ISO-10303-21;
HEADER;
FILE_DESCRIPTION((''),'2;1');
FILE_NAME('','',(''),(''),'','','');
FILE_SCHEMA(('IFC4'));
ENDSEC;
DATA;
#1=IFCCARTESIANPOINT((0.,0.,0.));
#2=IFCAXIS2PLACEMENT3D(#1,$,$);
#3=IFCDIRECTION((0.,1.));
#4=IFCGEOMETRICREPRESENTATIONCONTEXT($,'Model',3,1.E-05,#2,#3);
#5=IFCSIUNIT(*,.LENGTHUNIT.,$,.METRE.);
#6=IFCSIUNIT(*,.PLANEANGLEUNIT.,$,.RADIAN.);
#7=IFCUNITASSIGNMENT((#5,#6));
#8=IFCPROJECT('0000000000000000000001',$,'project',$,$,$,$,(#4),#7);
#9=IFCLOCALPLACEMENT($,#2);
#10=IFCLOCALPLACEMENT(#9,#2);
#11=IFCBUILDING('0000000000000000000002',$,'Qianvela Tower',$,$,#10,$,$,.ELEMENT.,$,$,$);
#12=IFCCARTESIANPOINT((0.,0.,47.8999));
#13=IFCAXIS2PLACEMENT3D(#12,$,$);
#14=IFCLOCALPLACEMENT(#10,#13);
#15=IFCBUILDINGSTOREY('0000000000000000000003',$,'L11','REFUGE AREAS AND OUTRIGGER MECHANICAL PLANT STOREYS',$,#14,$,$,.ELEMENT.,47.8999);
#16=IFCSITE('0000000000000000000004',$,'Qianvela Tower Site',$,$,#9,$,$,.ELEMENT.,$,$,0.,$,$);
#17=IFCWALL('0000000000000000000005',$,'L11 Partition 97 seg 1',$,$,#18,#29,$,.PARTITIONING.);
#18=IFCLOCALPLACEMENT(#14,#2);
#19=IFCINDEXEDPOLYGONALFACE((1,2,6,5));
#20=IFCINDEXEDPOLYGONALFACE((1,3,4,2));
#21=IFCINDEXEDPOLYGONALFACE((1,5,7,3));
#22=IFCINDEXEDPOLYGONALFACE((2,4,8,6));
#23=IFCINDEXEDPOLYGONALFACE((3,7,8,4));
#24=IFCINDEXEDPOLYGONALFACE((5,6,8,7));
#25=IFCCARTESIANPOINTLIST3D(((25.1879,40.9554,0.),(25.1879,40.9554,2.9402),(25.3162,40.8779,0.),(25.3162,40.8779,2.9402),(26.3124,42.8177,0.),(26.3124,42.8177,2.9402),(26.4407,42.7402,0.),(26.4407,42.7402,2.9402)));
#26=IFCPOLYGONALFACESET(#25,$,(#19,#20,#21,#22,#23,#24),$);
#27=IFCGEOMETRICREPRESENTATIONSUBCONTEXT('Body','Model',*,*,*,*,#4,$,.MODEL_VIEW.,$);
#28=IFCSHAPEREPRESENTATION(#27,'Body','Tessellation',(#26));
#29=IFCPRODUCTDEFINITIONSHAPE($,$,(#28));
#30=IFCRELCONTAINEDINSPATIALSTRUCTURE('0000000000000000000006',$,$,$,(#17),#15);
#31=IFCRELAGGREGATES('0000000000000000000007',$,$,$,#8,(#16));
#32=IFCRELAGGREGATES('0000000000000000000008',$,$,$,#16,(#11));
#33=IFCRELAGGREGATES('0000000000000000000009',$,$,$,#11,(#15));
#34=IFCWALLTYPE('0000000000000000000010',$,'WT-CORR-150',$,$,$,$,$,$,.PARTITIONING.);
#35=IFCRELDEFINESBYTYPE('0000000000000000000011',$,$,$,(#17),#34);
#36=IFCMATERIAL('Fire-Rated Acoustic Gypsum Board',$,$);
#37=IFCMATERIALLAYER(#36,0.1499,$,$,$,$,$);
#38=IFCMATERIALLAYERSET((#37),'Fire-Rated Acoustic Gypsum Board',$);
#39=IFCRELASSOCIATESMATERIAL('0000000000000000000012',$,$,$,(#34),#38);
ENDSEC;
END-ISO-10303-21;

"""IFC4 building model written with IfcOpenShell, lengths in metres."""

from ifc_helpers import new_model, si_unit, direction, frame, frame_2d, origin, place, context, subcontext, project, spatial, rectangle, extrude, material, layer, layer_set, type_object, element, save


model = new_model("IFC4")

# Units and contexts
model_context = context("Model", 3, precision=1e-05, world=origin(), true_north=direction((0.0, 1.0)))
body_context = subcontext(model_context, "Body", "Model", "MODEL_VIEW")
ifc_project = project(units=[si_unit("LENGTHUNIT", "METRE"), si_unit("PLANEANGLEUNIT", "RADIAN")], contexts=[model_context])

# Site, building, storey
site_placement = place(None, origin())
site = spatial("IfcSite", under=ifc_project, at=site_placement, Name="Qianvela Tower Site", CompositionType="ELEMENT", RefElevation=0.0)
building_placement = place(site_placement, origin())
building = spatial("IfcBuilding", under=site, at=building_placement, Name="Qianvela Tower", CompositionType="ELEMENT")
storey_placement = place(building_placement, frame((0.0, 0.0, 47.8999)))
storey = spatial("IfcBuildingStorey", under=building, at=storey_placement, Name="L11", Description="REFUGE AREAS AND OUTRIGGER MECHANICAL PLANT STOREYS", CompositionType="ELEMENT", Elevation=47.8999)

# Shared definitions
ifc_material_1 = material(Name="Fire-Rated Acoustic Gypsum Board")
ifc_layer_1 = layer(ifc_material_1, 0.1499)
ifc_layer_set_1 = layer_set([ifc_layer_1], Name="Fire-Rated Acoustic Gypsum Board")
wall_type = type_object("IfcWallType", Name="WT-CORR-150", PredefinedType="PARTITIONING", material=ifc_layer_set_1)

# Wall
wall_1_placement = place(storey_placement, frame((25.252, 40.9165, 0.0), z_axis=(0.0, 0.0, 1.0), x_axis=(0.516903, 0.856044, 0.0)))
element("IfcWall", 1, at=wall_1_placement, inside=storey, type_object=wall_type, Name="L11 Partition 97 seg 1", PredefinedType="PARTITIONING", context=body_context, shape_type="SweptSolid", body=[
    extrude(rectangle(XDim=2.1755, YDim=0.1499, at=frame_2d((1.0879, 0.0))), origin(), (0.0, 0.0, 1.0), 2.9402),
])

save(model, "model.ifc")
